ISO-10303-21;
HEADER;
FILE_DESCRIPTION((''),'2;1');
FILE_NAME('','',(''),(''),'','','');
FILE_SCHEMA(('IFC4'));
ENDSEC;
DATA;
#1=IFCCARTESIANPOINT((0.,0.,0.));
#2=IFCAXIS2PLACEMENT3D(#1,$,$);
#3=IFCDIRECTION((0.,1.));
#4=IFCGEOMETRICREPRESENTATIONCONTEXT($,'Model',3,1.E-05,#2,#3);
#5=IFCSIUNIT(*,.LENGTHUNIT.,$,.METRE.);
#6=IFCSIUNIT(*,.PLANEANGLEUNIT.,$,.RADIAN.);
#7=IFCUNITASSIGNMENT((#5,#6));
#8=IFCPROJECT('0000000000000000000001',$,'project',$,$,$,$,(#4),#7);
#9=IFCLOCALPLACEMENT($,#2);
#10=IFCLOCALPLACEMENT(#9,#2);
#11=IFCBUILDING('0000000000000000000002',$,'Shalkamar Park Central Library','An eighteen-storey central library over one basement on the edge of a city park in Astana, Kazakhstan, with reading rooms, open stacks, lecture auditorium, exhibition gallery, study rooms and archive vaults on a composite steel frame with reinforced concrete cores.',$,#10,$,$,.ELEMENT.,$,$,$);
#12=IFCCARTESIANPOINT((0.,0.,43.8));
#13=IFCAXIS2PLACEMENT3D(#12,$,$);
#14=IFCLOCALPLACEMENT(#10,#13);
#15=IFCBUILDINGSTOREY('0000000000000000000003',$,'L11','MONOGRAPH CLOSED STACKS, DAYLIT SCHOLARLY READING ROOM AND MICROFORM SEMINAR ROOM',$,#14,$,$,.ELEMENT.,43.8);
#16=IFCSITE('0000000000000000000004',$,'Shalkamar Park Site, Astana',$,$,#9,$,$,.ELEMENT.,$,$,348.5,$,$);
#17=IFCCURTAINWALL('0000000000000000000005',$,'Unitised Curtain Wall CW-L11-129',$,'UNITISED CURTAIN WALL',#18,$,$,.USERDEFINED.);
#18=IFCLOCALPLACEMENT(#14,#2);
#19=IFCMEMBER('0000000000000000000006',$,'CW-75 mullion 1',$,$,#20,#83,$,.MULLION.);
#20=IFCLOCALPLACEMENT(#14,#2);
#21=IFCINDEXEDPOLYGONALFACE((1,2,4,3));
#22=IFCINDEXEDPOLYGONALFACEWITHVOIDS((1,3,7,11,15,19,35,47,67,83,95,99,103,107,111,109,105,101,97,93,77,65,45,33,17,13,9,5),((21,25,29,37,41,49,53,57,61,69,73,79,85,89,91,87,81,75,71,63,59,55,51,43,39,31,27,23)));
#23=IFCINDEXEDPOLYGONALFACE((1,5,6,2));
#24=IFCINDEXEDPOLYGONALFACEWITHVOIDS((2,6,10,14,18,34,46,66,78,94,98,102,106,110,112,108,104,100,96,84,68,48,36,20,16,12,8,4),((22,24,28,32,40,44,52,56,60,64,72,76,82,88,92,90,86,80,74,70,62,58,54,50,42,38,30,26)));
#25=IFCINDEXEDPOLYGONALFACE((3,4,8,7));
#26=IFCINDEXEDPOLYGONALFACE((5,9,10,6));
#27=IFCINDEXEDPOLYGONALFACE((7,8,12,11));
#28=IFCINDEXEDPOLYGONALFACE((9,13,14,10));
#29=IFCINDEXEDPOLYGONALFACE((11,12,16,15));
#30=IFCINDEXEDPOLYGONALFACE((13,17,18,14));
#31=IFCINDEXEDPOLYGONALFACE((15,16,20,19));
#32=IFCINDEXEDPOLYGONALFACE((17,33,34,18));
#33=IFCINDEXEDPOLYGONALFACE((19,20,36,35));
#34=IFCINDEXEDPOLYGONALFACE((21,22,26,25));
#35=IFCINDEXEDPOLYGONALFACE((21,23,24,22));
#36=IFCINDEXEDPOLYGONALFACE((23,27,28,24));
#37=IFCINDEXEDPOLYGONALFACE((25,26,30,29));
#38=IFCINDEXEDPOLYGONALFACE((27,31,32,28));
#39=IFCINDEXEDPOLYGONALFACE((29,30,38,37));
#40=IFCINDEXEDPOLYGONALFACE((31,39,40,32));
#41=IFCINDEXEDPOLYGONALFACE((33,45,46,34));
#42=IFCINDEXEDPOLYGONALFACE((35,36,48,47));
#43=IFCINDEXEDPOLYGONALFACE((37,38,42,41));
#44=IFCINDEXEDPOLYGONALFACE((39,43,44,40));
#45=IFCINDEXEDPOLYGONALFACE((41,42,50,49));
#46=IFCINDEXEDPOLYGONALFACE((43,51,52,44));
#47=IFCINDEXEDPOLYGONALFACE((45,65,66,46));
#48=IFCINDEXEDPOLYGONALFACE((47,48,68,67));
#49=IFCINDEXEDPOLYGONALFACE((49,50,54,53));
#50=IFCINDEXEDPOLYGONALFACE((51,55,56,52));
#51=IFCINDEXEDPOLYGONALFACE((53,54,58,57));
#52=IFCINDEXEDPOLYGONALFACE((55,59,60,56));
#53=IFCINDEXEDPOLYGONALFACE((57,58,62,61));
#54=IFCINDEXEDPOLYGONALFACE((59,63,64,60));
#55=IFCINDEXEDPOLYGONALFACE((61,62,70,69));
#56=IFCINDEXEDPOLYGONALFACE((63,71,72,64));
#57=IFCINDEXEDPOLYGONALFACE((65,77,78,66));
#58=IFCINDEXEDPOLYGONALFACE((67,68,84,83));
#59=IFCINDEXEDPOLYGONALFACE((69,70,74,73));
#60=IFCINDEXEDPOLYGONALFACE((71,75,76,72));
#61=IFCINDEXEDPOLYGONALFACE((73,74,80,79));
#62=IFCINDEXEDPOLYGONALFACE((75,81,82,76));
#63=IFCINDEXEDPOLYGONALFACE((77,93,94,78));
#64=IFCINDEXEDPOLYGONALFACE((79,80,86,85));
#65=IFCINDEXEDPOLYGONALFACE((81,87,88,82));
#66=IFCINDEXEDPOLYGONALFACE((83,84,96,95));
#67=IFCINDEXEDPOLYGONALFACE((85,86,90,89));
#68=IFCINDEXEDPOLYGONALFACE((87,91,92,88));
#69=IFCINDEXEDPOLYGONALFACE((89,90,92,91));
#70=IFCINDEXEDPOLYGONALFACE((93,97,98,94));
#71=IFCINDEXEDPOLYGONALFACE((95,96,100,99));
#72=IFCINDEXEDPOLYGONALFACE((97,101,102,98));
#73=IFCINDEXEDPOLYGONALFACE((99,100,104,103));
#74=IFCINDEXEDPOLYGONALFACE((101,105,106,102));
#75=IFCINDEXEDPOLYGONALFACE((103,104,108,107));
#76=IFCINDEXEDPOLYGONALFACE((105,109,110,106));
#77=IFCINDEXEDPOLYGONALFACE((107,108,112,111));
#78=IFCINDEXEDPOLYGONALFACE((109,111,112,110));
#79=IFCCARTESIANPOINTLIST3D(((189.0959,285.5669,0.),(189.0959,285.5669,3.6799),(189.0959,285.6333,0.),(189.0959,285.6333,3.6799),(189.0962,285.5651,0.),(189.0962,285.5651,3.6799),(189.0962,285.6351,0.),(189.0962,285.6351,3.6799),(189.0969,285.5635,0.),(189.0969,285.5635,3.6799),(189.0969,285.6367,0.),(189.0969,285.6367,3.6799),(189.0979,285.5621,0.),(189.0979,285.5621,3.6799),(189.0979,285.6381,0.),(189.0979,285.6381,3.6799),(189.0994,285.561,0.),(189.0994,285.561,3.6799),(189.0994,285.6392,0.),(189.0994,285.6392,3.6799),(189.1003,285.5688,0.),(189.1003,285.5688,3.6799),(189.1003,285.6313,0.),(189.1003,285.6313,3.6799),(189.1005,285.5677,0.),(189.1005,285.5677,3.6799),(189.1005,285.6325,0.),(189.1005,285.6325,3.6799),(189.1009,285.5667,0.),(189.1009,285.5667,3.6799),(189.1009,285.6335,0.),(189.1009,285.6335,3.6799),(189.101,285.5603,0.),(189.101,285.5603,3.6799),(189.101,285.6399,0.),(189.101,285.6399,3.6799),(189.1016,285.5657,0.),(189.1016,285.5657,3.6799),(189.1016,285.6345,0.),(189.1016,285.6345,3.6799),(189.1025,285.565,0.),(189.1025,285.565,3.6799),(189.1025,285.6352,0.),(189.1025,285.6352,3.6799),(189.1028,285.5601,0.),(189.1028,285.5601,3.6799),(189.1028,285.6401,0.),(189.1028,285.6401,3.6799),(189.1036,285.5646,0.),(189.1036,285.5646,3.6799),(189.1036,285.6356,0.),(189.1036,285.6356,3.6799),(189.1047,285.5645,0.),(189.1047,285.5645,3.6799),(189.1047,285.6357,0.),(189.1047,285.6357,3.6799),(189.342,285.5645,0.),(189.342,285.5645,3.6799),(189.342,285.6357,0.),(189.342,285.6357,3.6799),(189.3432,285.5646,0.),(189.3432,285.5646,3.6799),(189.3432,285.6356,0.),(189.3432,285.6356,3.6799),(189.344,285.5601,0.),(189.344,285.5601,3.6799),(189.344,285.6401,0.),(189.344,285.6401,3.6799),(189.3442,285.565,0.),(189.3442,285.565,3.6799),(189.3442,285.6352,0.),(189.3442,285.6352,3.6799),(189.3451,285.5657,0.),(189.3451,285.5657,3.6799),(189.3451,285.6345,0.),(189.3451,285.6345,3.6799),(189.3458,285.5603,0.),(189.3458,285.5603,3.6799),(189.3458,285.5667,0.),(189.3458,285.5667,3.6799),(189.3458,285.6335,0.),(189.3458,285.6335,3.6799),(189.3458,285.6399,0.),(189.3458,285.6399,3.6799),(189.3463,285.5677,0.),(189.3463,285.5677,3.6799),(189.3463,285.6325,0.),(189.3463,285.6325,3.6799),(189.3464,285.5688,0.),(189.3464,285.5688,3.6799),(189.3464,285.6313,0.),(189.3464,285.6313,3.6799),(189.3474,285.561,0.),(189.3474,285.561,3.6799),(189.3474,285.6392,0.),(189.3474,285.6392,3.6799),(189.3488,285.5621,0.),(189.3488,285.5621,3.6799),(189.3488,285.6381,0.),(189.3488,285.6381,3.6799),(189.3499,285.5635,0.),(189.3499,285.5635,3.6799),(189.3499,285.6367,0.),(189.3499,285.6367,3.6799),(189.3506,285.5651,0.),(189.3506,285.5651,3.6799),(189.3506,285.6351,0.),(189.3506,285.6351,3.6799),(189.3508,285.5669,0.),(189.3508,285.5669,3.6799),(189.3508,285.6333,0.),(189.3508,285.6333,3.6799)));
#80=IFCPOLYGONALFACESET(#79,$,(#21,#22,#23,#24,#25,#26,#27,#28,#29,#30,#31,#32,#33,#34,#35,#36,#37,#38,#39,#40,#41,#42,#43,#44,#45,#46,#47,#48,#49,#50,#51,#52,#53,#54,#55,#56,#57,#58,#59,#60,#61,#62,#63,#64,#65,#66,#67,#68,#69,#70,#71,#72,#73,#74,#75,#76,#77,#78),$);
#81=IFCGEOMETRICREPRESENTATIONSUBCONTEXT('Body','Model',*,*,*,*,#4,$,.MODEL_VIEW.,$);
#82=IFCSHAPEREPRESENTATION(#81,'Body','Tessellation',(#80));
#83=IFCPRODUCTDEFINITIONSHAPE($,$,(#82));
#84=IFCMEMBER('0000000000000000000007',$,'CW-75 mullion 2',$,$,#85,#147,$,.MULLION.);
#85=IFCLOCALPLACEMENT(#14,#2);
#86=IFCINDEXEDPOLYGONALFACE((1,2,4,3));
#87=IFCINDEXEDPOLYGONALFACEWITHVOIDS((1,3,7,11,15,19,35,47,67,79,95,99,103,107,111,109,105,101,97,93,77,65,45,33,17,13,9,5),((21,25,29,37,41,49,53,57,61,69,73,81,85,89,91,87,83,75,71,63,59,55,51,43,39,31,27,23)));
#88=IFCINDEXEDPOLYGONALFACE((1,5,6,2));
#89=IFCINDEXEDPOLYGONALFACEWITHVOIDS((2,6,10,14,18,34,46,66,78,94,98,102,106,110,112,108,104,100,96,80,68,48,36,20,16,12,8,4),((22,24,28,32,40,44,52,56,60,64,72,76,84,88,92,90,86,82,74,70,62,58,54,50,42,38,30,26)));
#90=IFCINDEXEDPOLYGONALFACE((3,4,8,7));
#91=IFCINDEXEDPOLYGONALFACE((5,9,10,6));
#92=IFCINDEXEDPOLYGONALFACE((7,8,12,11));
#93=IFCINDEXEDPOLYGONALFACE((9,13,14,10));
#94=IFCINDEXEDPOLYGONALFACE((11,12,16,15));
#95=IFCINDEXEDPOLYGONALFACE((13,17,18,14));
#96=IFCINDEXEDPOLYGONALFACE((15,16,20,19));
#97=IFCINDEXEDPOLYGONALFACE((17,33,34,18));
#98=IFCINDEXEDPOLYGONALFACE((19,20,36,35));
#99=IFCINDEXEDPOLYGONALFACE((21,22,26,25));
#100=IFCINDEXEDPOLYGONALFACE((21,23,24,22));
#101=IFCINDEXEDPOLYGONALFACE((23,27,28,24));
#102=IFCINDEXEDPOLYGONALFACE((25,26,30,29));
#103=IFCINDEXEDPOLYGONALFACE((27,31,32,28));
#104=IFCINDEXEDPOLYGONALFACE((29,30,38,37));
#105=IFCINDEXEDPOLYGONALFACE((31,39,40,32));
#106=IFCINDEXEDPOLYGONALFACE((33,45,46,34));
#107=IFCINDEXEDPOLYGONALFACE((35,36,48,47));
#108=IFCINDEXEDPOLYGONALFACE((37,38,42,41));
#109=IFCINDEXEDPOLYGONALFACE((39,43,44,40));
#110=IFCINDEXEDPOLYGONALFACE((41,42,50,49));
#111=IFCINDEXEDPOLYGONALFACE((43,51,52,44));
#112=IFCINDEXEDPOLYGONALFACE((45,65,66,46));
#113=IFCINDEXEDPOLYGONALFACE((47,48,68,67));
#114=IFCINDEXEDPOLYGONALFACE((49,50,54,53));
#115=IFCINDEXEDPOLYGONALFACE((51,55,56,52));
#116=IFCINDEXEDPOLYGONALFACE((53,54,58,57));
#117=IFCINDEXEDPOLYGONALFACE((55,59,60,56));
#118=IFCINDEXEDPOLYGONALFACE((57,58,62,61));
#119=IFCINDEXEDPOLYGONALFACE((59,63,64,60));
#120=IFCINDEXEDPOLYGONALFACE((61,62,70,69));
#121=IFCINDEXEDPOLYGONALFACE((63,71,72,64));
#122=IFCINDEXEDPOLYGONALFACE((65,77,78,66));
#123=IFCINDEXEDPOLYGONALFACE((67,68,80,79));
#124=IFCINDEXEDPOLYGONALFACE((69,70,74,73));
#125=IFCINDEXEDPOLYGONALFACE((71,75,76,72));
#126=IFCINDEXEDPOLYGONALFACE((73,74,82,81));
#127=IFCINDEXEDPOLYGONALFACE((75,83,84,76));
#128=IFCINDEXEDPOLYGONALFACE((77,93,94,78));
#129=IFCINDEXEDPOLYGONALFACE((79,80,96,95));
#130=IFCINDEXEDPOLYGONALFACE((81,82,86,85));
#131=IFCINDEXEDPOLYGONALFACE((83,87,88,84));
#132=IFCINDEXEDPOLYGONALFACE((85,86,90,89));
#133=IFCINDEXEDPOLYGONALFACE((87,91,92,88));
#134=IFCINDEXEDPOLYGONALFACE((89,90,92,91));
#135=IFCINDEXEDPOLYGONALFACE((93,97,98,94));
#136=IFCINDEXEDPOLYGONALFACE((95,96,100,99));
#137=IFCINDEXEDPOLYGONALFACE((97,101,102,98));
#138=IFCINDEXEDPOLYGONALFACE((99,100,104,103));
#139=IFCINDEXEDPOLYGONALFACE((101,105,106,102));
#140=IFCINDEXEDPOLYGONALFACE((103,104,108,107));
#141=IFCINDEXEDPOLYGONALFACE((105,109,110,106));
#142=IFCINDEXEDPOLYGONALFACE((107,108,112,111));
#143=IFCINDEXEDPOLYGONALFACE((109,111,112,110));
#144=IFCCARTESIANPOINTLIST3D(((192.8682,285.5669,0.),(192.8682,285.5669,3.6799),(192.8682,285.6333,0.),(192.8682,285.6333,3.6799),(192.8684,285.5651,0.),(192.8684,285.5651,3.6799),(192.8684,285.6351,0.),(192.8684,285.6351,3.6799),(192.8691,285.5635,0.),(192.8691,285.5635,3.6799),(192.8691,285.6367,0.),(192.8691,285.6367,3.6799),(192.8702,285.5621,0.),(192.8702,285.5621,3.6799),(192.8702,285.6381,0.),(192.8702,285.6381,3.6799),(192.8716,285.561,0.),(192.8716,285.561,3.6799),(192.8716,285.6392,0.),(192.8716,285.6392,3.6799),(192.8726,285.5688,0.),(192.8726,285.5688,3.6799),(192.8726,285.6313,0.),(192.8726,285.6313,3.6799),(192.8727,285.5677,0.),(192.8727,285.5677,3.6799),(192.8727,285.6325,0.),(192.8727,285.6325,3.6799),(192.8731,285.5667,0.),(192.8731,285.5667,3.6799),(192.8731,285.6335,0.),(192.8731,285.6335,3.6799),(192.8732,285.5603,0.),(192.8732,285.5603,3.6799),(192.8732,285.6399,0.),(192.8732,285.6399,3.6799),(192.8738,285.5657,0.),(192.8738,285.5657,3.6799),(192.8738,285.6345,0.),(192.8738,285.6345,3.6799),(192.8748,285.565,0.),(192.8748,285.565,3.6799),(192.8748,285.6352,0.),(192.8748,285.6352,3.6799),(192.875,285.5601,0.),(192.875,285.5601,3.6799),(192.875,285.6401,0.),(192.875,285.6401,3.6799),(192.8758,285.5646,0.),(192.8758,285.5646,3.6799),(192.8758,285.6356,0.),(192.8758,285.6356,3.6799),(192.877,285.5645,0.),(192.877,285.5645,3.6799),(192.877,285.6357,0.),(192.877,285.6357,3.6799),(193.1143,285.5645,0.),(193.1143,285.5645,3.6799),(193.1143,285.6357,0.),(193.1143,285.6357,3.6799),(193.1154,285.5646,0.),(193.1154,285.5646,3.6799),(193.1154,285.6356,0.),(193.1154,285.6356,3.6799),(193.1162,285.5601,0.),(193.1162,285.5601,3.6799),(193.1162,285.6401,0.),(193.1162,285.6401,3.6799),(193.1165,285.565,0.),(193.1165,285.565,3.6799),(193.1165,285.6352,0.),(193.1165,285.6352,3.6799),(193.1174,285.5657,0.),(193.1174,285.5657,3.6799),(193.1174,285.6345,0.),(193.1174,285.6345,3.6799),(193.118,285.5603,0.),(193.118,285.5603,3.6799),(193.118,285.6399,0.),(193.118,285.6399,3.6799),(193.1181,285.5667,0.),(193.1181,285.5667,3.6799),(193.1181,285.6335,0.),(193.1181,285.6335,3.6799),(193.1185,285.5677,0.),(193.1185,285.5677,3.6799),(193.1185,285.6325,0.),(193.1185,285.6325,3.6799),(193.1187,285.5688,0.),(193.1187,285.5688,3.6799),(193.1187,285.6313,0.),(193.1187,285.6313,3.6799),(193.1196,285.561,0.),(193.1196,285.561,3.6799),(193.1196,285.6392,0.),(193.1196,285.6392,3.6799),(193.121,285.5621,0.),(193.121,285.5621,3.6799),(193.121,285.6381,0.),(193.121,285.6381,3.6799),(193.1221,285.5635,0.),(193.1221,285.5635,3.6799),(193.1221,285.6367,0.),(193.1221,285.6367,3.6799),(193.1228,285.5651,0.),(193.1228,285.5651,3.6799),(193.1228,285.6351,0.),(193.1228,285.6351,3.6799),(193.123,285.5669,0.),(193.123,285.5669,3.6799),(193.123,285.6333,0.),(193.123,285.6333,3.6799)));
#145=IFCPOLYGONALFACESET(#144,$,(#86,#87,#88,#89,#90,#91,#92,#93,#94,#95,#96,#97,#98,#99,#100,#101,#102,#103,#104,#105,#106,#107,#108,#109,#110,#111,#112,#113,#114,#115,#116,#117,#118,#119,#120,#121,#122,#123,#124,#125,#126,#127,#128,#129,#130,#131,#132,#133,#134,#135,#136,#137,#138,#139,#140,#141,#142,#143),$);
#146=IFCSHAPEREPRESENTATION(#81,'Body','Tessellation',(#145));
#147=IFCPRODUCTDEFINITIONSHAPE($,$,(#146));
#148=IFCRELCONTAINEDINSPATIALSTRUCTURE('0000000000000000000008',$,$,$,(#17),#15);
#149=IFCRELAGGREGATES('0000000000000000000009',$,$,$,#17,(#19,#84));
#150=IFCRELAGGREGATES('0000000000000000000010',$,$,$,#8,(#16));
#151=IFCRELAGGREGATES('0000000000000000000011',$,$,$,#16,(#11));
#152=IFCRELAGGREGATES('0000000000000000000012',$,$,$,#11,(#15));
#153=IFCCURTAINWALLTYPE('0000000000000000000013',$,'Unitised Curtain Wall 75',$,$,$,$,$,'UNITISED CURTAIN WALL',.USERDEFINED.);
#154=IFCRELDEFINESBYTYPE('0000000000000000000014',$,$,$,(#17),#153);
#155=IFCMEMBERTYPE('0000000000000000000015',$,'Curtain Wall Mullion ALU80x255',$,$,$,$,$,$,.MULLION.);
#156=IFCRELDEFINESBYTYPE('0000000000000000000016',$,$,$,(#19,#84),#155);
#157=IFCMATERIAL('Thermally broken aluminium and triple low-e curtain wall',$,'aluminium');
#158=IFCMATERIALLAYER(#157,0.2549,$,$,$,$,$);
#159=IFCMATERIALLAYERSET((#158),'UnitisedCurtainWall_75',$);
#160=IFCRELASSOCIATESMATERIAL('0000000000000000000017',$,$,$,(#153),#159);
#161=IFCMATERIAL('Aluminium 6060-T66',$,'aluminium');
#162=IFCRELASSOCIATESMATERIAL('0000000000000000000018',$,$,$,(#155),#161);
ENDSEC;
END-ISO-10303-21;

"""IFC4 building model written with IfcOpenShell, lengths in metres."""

from ifc_helpers import new_model, si_unit, direction, frame, origin, origin_2d, place, context, subcontext, project, spatial, hollow_rectangle, extrude, material, layer, layer_set, material_profile, profile_set, type_object, element, aggregate, save


model = new_model("IFC4")

# Units and contexts
model_context = context("Model", 3, precision=1e-05, world=origin(), true_north=direction((0.0, 1.0)))
body_context = subcontext(model_context, "Body", "Model", "MODEL_VIEW")
ifc_project = project(units=[si_unit("LENGTHUNIT", "METRE"), si_unit("PLANEANGLEUNIT", "RADIAN")], contexts=[model_context])

# Site, building, storey
site_placement = place(None, origin())
site = spatial("IfcSite", under=ifc_project, at=site_placement, Name="Shalkamar Park Site, Astana", CompositionType="ELEMENT", RefElevation=348.5)
building_placement = place(site_placement, origin())
building = spatial("IfcBuilding", under=site, at=building_placement, Name="Shalkamar Park Central Library", Description="An eighteen-storey central library over one basement on the edge of a city park in Astana, Kazakhstan, with reading rooms, open stacks, lecture auditorium, exhibition gallery, study rooms and archive vaults on a composite steel frame with reinforced concrete cores.", CompositionType="ELEMENT")
storey_placement = place(building_placement, frame((0.0, 0.0, 43.8)))
storey = spatial("IfcBuildingStorey", under=building, at=storey_placement, Name="L11", Description="MONOGRAPH CLOSED STACKS, DAYLIT SCHOLARLY READING ROOM AND MICROFORM SEMINAR ROOM", CompositionType="ELEMENT", Elevation=43.8)

# Curtain wall, members
ifc_material_1 = material(Name="Thermally broken aluminium and triple low-e curtain wall", Category="aluminium")
ifc_material_2 = material(Name="Aluminium 6060-T66", Category="aluminium")
ifc_layer_1 = layer(ifc_material_1, 0.2549)
ifc_layer_set_1 = layer_set([ifc_layer_1], Name="UnitisedCurtainWall_75")
curtain_wall_type_1 = type_object("IfcCurtainWallType", Name="Unitised Curtain Wall 75", ElementType="UNITISED CURTAIN WALL", PredefinedType="USERDEFINED", material=ifc_layer_set_1)
curtain_wall_1_placement = place(storey_placement, origin())
curtain_wall_1 = element("IfcCurtainWall", 1, at=curtain_wall_1_placement, inside=storey, type_object=curtain_wall_type_1, Name="Unitised Curtain Wall CW-L11-129", ObjectType="UNITISED CURTAIN WALL", PredefinedType="USERDEFINED")
ifc_material_profile_1 = material_profile(ifc_material_2, hollow_rectangle(XDim=0.0801, YDim=0.2549, WallThickness=0.0044, InnerFilletRadius=0.0044, OuterFilletRadius=0.0068, at=origin_2d()), Name="ALU 80x255x4.5")
ifc_profile_set_1 = profile_set([ifc_material_profile_1], Name="Aluminium 6060-T66")
member_type_1 = type_object("IfcMemberType", Name="Curtain Wall Mullion ALU80x255", PredefinedType="MULLION", material=ifc_profile_set_1)
member_1_placement = place(storey_placement, frame((189.2234, 285.6001, 0.0), z_axis=(0.0, 0.0, 1.0), x_axis=(0.0, 1.0, 0.0)))
member_1 = element("IfcMember", 2, at=member_1_placement, type_object=member_type_1, Name="CW-75 mullion 1", PredefinedType="MULLION", context=body_context, shape_type="SweptSolid", body=[
    extrude(hollow_rectangle(XDim=0.0801, YDim=0.2549, WallThickness=0.0044, InnerFilletRadius=0.0044, OuterFilletRadius=0.0068, at=origin_2d()), origin(), (0.0, 0.0, 1.0), 3.6799),
])
member_2_placement = place(storey_placement, frame((192.9956, 285.6001, 0.0), z_axis=(0.0, 0.0, 1.0), x_axis=(0.0, 1.0, 0.0)))
member_2 = element("IfcMember", 3, at=member_2_placement, type_object=member_type_1, Name="CW-75 mullion 2", PredefinedType="MULLION", context=body_context, shape_type="SweptSolid", body=[
    extrude(hollow_rectangle(XDim=0.0801, YDim=0.2549, WallThickness=0.0044, InnerFilletRadius=0.0044, OuterFilletRadius=0.0068, at=origin_2d()), origin(), (0.0, 0.0, 1.0), 3.6799),
])

aggregate(curtain_wall_1, [member_1, member_2])

save(model, "model.ifc")
